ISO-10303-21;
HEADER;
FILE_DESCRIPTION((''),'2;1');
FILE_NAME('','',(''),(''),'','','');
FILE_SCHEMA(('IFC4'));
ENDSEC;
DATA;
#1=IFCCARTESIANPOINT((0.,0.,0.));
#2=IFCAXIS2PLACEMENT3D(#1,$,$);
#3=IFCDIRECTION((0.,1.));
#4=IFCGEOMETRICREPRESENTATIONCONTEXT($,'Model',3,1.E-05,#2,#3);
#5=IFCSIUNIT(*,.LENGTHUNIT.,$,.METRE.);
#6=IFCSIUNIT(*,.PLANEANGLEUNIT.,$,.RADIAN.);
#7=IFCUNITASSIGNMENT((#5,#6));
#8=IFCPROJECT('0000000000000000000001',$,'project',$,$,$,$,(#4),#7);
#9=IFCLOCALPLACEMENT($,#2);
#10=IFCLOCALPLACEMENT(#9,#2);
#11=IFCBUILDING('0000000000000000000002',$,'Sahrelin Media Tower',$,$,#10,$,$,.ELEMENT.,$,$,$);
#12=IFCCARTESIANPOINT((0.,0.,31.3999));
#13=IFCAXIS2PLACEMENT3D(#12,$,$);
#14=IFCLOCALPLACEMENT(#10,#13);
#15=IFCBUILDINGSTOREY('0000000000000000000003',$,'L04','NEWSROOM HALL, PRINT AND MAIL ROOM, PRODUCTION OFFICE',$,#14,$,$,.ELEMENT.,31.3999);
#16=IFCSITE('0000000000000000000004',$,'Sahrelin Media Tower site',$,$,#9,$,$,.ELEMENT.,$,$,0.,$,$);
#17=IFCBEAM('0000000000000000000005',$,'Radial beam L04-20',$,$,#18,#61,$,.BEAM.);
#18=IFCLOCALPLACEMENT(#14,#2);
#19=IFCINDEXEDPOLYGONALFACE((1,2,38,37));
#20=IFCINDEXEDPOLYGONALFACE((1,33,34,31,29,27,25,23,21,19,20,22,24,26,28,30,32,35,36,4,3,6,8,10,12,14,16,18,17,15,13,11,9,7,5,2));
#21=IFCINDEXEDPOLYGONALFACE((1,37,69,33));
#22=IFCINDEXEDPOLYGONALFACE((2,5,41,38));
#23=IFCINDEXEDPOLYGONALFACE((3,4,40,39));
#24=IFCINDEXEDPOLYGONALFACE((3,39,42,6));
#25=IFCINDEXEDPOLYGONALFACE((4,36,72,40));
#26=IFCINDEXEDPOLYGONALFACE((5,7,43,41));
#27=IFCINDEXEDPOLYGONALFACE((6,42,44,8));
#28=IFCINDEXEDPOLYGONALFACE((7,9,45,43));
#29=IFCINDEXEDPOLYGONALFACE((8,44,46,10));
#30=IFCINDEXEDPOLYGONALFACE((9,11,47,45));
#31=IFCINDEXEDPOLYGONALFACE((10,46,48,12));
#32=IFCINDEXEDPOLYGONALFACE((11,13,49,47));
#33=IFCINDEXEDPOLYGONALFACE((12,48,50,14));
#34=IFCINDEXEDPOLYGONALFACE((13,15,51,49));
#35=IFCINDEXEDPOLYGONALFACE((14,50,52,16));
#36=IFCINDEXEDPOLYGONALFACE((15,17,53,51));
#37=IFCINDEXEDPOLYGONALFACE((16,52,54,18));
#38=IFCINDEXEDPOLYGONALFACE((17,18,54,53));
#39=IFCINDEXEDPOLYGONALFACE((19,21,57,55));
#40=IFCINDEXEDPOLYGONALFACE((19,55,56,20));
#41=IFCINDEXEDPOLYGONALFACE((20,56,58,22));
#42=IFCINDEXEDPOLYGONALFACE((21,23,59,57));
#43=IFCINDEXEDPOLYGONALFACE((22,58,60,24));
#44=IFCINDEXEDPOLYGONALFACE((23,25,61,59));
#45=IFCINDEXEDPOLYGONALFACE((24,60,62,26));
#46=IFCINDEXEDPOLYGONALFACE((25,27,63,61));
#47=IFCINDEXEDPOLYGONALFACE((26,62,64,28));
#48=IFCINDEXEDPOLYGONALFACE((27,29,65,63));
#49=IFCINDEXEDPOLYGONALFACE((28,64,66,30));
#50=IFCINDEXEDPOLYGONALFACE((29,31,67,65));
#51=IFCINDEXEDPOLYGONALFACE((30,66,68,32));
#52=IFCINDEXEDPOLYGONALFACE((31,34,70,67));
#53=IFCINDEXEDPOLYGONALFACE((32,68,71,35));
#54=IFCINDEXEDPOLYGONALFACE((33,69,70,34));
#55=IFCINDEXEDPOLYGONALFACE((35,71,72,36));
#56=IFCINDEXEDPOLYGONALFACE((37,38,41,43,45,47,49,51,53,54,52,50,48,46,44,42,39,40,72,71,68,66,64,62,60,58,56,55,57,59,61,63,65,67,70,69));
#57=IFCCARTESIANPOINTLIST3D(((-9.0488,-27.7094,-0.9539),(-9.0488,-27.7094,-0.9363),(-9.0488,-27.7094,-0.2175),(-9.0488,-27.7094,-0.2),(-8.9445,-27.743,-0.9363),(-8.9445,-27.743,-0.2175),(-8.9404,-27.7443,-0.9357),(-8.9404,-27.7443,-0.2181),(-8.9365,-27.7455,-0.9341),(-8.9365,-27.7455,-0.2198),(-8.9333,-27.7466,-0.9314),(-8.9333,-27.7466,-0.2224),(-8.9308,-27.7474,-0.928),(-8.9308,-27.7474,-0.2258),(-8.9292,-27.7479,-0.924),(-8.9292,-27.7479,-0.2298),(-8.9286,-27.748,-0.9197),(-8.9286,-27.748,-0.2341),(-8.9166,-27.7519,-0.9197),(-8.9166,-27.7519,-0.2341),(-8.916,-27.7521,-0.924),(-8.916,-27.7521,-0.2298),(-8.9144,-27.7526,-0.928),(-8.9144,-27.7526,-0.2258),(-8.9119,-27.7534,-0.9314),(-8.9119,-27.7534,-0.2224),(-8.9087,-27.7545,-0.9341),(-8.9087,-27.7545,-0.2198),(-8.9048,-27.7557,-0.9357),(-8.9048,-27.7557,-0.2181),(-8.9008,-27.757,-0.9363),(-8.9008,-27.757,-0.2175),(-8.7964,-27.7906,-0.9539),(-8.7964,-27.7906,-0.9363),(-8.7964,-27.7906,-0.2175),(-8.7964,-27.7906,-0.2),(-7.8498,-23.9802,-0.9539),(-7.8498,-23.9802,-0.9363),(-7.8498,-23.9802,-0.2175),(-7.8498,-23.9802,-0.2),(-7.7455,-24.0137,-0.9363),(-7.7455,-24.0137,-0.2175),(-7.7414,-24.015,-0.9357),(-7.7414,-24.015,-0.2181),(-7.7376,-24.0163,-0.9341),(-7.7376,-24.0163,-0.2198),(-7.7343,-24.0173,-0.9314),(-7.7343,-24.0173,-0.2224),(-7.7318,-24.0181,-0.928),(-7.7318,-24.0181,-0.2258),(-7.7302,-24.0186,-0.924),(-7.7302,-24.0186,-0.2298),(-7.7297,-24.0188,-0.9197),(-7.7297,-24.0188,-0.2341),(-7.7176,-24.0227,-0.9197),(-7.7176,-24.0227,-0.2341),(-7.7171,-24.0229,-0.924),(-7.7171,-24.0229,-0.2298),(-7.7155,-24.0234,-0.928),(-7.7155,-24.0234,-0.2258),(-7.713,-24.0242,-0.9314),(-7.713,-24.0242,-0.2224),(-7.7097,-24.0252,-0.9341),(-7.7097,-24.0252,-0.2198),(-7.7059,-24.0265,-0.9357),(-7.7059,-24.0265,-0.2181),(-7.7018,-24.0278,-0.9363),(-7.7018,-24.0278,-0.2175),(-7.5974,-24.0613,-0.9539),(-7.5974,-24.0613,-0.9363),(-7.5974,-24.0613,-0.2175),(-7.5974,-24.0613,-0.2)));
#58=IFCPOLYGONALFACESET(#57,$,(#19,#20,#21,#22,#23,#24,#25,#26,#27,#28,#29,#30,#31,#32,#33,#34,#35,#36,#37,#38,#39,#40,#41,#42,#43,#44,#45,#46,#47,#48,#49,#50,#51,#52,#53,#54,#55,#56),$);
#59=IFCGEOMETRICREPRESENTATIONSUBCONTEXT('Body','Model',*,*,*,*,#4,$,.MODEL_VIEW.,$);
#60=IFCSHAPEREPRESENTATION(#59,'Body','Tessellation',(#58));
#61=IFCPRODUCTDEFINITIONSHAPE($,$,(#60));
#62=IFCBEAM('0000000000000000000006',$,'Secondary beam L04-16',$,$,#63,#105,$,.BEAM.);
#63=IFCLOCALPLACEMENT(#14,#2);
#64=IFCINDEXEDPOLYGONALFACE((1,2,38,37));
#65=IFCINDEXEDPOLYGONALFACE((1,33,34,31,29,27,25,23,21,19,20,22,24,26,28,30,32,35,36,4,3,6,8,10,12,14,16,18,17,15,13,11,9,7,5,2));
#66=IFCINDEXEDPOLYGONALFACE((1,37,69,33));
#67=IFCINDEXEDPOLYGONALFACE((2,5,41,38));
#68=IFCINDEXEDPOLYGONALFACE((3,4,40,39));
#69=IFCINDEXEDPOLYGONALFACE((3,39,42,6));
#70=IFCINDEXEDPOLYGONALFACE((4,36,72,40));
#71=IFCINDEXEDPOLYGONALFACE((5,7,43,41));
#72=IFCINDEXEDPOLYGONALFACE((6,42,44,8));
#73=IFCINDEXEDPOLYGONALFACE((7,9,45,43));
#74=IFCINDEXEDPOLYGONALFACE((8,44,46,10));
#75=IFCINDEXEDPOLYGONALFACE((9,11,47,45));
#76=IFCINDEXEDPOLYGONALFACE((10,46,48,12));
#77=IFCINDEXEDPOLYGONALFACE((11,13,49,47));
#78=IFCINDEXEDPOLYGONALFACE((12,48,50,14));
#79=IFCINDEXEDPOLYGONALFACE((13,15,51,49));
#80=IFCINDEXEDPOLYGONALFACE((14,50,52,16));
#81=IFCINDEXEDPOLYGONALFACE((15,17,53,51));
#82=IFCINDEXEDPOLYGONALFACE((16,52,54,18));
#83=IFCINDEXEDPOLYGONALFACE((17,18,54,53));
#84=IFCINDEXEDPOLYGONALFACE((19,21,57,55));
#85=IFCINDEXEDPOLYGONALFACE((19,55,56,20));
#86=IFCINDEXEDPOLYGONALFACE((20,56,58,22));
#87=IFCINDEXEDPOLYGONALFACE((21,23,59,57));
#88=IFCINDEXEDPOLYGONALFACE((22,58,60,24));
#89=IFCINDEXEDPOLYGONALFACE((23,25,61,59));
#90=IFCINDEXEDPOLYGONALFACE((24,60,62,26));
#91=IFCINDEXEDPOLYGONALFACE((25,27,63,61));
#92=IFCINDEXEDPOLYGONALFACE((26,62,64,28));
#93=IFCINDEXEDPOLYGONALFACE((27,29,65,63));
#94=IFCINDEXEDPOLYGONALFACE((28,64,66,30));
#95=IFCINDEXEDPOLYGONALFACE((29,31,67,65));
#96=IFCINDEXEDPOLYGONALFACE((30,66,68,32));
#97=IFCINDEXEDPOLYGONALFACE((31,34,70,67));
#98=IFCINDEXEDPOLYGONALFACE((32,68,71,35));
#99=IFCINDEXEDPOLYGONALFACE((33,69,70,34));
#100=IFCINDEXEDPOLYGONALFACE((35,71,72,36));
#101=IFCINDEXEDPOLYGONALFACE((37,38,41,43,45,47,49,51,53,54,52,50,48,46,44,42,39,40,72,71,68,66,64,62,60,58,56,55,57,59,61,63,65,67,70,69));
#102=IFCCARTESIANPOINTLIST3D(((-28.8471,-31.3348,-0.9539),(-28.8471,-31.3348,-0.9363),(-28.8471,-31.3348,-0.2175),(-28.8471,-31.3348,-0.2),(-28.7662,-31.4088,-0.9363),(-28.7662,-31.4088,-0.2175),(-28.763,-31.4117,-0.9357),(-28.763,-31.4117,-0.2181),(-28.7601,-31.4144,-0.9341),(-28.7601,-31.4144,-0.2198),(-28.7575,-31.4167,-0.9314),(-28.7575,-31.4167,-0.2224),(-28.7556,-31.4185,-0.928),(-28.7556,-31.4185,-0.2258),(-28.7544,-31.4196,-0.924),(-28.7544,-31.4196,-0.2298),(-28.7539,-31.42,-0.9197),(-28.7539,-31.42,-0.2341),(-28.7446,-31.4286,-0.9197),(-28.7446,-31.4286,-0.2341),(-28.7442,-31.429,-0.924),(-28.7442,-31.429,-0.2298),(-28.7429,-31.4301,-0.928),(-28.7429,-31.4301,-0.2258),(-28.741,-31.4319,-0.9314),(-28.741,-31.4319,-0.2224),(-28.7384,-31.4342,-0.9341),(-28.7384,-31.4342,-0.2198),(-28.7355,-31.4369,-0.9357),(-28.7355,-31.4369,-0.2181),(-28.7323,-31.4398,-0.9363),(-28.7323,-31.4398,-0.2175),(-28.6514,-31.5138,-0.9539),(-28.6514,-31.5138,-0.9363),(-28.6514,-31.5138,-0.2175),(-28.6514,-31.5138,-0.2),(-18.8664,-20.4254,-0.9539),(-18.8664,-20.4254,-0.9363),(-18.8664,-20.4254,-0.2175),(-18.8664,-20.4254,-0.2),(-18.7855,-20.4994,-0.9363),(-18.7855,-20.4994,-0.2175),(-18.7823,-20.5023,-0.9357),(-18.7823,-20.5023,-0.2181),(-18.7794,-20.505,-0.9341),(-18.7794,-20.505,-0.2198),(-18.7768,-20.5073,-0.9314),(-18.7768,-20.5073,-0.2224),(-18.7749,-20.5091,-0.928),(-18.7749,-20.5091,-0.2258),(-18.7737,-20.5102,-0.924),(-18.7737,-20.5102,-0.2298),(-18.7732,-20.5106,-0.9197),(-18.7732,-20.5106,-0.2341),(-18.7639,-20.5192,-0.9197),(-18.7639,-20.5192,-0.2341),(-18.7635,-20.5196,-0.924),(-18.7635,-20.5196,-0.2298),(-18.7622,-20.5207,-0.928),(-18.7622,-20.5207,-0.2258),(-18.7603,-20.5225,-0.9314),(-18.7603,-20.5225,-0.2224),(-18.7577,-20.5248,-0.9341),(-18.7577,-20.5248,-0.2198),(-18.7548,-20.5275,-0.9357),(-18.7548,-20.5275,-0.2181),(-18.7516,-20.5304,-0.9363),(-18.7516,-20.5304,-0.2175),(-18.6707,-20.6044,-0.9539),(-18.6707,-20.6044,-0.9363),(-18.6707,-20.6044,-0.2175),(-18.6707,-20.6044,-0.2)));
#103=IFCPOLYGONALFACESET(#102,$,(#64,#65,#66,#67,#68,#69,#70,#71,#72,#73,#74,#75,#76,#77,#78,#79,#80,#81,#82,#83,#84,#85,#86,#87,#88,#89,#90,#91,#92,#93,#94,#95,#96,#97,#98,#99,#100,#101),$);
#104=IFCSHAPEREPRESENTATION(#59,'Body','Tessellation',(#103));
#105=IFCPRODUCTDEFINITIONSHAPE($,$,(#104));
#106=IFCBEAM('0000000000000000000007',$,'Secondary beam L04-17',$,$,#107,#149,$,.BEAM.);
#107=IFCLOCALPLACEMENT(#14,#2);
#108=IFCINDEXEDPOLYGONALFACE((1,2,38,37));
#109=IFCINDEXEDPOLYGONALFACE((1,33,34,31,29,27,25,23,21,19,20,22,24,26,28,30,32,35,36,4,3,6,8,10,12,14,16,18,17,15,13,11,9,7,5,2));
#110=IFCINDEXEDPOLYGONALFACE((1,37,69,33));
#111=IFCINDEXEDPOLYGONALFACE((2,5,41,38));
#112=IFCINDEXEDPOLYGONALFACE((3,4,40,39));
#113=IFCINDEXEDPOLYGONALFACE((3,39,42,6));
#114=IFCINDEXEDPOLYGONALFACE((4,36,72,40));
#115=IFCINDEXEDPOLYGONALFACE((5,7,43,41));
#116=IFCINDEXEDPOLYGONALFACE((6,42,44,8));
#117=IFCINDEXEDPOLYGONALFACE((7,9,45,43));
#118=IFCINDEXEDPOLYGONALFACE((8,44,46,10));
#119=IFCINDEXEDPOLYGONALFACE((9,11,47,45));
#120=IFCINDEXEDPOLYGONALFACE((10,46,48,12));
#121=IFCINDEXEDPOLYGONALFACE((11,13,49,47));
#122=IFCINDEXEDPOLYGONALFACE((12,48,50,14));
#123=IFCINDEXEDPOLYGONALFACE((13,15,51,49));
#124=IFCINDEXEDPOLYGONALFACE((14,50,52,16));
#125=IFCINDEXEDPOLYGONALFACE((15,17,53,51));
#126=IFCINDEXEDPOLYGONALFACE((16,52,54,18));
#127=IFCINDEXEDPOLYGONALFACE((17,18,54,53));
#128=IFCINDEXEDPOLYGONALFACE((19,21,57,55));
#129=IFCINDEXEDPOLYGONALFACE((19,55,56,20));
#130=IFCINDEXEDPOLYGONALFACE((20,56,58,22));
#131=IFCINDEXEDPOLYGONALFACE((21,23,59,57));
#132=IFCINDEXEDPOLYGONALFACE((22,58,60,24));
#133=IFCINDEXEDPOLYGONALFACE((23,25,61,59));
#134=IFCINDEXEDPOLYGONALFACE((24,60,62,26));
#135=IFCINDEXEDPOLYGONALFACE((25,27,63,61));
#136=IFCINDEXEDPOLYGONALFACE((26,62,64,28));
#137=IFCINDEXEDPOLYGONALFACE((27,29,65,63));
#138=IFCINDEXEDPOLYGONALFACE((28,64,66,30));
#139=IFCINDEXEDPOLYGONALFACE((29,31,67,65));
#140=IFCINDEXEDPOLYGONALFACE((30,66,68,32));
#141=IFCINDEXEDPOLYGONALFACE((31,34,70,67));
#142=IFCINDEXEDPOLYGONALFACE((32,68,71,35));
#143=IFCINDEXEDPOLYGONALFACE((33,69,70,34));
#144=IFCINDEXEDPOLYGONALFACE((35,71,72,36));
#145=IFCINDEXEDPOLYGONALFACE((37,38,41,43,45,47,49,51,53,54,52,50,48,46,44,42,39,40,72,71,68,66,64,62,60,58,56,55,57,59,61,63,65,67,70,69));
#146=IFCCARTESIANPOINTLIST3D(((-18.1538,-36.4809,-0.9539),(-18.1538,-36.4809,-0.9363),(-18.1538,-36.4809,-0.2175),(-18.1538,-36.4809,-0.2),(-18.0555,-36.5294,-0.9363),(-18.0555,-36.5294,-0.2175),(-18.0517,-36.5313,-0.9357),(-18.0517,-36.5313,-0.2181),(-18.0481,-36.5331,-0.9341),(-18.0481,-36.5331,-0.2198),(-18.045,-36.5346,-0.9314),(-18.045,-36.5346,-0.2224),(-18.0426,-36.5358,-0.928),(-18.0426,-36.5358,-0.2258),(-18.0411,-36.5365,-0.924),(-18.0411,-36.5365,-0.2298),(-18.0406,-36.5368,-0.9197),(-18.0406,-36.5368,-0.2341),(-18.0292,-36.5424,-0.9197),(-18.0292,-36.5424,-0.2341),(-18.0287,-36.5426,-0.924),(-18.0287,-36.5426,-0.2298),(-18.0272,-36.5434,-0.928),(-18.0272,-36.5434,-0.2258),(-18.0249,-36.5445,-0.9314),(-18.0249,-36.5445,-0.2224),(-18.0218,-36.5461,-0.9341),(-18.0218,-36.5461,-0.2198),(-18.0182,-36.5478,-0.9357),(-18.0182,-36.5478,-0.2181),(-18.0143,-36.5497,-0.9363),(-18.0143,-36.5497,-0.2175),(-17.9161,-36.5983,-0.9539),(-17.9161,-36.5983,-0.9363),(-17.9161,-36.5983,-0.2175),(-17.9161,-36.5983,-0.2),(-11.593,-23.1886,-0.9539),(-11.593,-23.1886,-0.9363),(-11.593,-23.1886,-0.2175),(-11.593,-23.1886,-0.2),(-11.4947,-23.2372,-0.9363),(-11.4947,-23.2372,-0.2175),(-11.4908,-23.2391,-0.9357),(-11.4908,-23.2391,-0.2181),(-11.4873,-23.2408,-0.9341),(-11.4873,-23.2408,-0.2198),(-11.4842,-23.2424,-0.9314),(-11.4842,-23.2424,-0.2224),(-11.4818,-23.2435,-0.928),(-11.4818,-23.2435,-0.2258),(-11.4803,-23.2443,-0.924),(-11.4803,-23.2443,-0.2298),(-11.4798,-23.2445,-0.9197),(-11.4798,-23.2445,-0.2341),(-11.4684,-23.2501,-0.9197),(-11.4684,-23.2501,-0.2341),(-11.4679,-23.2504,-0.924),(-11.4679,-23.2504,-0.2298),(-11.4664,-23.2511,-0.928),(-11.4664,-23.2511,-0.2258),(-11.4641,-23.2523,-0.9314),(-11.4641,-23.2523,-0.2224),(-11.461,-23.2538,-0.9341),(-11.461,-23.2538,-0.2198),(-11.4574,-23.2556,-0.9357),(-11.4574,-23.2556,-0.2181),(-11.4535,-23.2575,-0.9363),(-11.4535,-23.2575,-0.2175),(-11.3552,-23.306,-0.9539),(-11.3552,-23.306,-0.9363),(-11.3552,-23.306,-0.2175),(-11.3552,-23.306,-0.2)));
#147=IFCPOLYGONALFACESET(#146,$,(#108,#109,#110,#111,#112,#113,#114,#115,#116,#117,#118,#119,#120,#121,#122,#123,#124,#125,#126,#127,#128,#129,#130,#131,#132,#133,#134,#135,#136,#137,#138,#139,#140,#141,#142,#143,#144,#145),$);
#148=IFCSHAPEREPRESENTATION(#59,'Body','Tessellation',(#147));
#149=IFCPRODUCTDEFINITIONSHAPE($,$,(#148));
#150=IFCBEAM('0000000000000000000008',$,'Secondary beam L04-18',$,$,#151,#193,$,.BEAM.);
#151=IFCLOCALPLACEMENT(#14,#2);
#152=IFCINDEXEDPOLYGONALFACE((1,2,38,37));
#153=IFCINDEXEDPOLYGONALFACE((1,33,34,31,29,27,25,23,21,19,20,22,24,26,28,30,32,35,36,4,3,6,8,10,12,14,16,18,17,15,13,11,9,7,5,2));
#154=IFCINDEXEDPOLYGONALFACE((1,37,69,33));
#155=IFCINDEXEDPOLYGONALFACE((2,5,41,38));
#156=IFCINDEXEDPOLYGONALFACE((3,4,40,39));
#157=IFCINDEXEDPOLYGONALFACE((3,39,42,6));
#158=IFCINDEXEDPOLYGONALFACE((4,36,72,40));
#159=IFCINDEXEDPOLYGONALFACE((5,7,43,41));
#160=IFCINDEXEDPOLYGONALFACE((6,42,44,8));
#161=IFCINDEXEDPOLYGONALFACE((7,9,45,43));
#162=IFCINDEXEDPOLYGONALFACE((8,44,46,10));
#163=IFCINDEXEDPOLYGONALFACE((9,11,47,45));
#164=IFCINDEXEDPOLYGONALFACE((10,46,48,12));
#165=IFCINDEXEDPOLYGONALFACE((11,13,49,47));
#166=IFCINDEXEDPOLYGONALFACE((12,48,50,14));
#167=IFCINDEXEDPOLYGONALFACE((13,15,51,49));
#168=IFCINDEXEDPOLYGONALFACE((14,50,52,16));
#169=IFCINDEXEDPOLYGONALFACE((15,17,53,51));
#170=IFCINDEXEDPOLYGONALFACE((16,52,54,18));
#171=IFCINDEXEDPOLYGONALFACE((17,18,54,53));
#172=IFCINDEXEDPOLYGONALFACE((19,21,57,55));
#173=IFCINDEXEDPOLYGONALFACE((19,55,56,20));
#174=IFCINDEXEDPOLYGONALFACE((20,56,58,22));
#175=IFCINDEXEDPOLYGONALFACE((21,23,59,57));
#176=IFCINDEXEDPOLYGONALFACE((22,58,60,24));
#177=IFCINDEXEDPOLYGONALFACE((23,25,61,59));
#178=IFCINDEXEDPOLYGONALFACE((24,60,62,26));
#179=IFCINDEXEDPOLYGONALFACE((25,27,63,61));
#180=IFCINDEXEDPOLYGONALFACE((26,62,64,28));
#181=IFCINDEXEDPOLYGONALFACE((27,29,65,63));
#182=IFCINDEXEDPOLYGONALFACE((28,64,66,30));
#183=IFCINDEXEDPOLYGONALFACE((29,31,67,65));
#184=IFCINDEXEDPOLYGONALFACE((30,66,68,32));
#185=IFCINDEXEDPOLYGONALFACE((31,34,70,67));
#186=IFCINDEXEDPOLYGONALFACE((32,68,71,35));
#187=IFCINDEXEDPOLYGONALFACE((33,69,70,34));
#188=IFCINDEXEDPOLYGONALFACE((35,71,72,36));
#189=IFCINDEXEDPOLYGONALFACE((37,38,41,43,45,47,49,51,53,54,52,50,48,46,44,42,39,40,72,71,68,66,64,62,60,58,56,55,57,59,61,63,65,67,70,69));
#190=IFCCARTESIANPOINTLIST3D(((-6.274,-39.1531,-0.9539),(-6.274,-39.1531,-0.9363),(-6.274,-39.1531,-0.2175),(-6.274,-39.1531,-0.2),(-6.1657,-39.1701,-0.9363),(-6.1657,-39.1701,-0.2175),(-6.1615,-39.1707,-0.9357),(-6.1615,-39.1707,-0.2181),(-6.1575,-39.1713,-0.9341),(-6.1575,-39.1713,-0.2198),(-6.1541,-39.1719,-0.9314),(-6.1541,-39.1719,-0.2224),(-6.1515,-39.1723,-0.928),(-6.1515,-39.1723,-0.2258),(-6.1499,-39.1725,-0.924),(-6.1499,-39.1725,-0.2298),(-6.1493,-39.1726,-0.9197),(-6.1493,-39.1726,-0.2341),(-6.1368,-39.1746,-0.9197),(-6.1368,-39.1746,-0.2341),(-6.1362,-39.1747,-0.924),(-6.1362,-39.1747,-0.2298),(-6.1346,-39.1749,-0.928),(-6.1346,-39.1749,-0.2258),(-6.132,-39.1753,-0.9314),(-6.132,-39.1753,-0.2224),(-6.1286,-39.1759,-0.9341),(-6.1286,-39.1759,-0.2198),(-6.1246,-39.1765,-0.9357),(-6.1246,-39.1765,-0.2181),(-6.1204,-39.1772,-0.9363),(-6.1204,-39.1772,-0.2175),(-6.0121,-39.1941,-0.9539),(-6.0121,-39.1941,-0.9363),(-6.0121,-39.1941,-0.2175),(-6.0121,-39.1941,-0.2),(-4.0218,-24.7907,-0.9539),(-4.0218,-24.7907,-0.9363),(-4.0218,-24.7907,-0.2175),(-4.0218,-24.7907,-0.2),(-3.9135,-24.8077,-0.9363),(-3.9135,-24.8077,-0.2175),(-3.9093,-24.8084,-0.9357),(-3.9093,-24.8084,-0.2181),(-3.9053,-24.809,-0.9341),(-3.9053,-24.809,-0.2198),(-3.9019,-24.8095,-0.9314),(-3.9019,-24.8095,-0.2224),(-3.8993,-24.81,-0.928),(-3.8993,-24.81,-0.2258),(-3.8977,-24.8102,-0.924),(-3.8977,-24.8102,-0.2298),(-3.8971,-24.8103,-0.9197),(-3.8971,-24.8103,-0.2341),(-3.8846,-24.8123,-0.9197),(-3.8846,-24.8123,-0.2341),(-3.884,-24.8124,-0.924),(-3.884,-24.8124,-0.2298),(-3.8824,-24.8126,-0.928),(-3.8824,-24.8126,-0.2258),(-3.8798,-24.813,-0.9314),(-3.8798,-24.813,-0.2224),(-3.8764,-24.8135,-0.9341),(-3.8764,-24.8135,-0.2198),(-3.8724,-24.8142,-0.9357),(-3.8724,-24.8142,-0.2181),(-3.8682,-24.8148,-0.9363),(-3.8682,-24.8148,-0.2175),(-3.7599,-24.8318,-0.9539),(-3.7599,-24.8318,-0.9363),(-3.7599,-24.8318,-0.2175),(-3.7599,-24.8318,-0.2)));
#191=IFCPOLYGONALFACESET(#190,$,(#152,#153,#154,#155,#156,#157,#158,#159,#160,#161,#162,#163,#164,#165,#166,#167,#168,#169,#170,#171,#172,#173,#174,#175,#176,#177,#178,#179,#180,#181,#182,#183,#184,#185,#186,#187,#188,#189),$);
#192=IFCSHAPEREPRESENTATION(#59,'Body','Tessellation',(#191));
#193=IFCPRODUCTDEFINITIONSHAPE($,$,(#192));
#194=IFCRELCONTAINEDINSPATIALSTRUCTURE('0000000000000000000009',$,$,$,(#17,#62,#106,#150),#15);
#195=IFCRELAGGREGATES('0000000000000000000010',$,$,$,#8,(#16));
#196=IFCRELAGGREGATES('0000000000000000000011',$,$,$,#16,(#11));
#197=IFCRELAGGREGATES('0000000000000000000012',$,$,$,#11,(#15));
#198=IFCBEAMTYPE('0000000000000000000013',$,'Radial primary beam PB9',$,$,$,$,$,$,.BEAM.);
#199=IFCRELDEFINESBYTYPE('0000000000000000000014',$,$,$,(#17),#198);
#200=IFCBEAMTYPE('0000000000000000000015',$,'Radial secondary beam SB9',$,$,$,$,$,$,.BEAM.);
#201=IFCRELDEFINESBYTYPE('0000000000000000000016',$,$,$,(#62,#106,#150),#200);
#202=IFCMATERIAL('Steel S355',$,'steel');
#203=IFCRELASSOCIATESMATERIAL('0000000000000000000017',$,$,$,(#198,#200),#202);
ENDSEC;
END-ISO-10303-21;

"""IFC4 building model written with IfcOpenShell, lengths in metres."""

from ifc_helpers import new_model, si_unit, direction, frame, origin, origin_2d, place, context, subcontext, project, spatial, i_section, extrude, material, material_profile, profile_set, type_object, element, save


model = new_model("IFC4")

# Units and contexts
model_context = context("Model", 3, precision=1e-05, world=origin(), true_north=direction((0.0, 1.0)))
body_context = subcontext(model_context, "Body", "Model", "MODEL_VIEW")
ifc_project = project(units=[si_unit("LENGTHUNIT", "METRE"), si_unit("PLANEANGLEUNIT", "RADIAN")], contexts=[model_context])

# Site, building, storey
site_placement = place(None, origin())
site = spatial("IfcSite", under=ifc_project, at=site_placement, Name="Sahrelin Media Tower site", CompositionType="ELEMENT", RefElevation=0.0)
building_placement = place(site_placement, origin())
building = spatial("IfcBuilding", under=site, at=building_placement, Name="Sahrelin Media Tower", CompositionType="ELEMENT")
storey_placement = place(building_placement, frame((0.0, 0.0, 31.3999)))
storey = spatial("IfcBuildingStorey", under=building, at=storey_placement, Name="L04", Description="NEWSROOM HALL, PRINT AND MAIL ROOM, PRODUCTION OFFICE", CompositionType="ELEMENT", Elevation=31.3999)

# Beams
ifc_material_1 = material(Name="Steel S355", Category="steel")
ifc_material_profile_1 = material_profile(ifc_material_1, i_section(OverallWidth=0.2651, OverallDepth=0.7539, WebThickness=0.0127, FlangeThickness=0.0176, FilletRadius=0.0166, at=origin_2d()), Name="UB 762x267x147")
ifc_profile_set_1 = profile_set([ifc_material_profile_1], Name="Steel S355")
beam_type_1 = type_object("IfcBeamType", Name="Radial primary beam PB9", PredefinedType="BEAM", material=ifc_profile_set_1)
beam_1_placement = place(storey_placement, frame((-7.7236, -24.0208, -0.5769), z_axis=(-0.306076, -0.952007, 0.0), x_axis=(0.952007, -0.306076, 0.0)))
element("IfcBeam", 1, at=beam_1_placement, inside=storey, type_object=beam_type_1, Name="Radial beam L04-20", PredefinedType="BEAM", context=body_context, shape_type="SweptSolid", body=[
    extrude(i_section(OverallWidth=0.2651, OverallDepth=0.7539, WebThickness=0.0127, FlangeThickness=0.0176, FilletRadius=0.0166, at=origin_2d()), origin(), (0.0, 0.0, 1.0), 3.9172),
])
ifc_material_profile_2 = material_profile(ifc_material_1, i_section(OverallWidth=0.2651, OverallDepth=0.7539, WebThickness=0.0127, FlangeThickness=0.0176, FilletRadius=0.0166, at=origin_2d()), Name="UB 762x267x147")
ifc_profile_set_2 = profile_set([ifc_material_profile_2], Name="Steel S355")
beam_type_2 = type_object("IfcBeamType", Name="Radial secondary beam SB9", PredefinedType="BEAM", material=ifc_profile_set_2)
beam_2_placement = place(storey_placement, frame((-18.7686, -20.5149, -0.5769), z_axis=(-0.675004, -0.737814, 0.0), x_axis=(0.737814, -0.675004, 0.0)))
element("IfcBeam", 2, at=beam_2_placement, inside=storey, type_object=beam_type_2, Name="Secondary beam L04-16", PredefinedType="BEAM", context=body_context, shape_type="SweptSolid", body=[
    extrude(i_section(OverallWidth=0.2651, OverallDepth=0.7539, WebThickness=0.0127, FlangeThickness=0.0176, FilletRadius=0.0166, at=origin_2d()), origin(), (0.0, 0.0, 1.0), 14.7861),
])
beam_3_placement = place(storey_placement, frame((-11.4741, -23.2473, -0.5769), z_axis=(-0.442603, -0.896718, 0.0), x_axis=(0.896718, -0.442603, 0.0)))
element("IfcBeam", 3, at=beam_3_placement, inside=storey, type_object=beam_type_2, Name="Secondary beam L04-17", PredefinedType="BEAM", context=body_context, shape_type="SweptSolid", body=[
    extrude(i_section(OverallWidth=0.2651, OverallDepth=0.7539, WebThickness=0.0127, FlangeThickness=0.0176, FilletRadius=0.0166, at=origin_2d()), origin(), (0.0, 0.0, 1.0), 14.8232),
])
beam_4_placement = place(storey_placement, frame((-3.8909, -24.8113, -0.5769), z_axis=(-0.15492, -0.987927, 0.0), x_axis=(0.987927, -0.15492, 0.0)))
element("IfcBeam", 4, at=beam_4_placement, inside=storey, type_object=beam_type_2, Name="Secondary beam L04-18", PredefinedType="BEAM", context=body_context, shape_type="SweptSolid", body=[
    extrude(i_section(OverallWidth=0.2651, OverallDepth=0.7539, WebThickness=0.0127, FlangeThickness=0.0176, FilletRadius=0.0166, at=origin_2d()), origin(), (0.0, 0.0, 1.0), 14.5378),
])

save(model, "model.ifc")
